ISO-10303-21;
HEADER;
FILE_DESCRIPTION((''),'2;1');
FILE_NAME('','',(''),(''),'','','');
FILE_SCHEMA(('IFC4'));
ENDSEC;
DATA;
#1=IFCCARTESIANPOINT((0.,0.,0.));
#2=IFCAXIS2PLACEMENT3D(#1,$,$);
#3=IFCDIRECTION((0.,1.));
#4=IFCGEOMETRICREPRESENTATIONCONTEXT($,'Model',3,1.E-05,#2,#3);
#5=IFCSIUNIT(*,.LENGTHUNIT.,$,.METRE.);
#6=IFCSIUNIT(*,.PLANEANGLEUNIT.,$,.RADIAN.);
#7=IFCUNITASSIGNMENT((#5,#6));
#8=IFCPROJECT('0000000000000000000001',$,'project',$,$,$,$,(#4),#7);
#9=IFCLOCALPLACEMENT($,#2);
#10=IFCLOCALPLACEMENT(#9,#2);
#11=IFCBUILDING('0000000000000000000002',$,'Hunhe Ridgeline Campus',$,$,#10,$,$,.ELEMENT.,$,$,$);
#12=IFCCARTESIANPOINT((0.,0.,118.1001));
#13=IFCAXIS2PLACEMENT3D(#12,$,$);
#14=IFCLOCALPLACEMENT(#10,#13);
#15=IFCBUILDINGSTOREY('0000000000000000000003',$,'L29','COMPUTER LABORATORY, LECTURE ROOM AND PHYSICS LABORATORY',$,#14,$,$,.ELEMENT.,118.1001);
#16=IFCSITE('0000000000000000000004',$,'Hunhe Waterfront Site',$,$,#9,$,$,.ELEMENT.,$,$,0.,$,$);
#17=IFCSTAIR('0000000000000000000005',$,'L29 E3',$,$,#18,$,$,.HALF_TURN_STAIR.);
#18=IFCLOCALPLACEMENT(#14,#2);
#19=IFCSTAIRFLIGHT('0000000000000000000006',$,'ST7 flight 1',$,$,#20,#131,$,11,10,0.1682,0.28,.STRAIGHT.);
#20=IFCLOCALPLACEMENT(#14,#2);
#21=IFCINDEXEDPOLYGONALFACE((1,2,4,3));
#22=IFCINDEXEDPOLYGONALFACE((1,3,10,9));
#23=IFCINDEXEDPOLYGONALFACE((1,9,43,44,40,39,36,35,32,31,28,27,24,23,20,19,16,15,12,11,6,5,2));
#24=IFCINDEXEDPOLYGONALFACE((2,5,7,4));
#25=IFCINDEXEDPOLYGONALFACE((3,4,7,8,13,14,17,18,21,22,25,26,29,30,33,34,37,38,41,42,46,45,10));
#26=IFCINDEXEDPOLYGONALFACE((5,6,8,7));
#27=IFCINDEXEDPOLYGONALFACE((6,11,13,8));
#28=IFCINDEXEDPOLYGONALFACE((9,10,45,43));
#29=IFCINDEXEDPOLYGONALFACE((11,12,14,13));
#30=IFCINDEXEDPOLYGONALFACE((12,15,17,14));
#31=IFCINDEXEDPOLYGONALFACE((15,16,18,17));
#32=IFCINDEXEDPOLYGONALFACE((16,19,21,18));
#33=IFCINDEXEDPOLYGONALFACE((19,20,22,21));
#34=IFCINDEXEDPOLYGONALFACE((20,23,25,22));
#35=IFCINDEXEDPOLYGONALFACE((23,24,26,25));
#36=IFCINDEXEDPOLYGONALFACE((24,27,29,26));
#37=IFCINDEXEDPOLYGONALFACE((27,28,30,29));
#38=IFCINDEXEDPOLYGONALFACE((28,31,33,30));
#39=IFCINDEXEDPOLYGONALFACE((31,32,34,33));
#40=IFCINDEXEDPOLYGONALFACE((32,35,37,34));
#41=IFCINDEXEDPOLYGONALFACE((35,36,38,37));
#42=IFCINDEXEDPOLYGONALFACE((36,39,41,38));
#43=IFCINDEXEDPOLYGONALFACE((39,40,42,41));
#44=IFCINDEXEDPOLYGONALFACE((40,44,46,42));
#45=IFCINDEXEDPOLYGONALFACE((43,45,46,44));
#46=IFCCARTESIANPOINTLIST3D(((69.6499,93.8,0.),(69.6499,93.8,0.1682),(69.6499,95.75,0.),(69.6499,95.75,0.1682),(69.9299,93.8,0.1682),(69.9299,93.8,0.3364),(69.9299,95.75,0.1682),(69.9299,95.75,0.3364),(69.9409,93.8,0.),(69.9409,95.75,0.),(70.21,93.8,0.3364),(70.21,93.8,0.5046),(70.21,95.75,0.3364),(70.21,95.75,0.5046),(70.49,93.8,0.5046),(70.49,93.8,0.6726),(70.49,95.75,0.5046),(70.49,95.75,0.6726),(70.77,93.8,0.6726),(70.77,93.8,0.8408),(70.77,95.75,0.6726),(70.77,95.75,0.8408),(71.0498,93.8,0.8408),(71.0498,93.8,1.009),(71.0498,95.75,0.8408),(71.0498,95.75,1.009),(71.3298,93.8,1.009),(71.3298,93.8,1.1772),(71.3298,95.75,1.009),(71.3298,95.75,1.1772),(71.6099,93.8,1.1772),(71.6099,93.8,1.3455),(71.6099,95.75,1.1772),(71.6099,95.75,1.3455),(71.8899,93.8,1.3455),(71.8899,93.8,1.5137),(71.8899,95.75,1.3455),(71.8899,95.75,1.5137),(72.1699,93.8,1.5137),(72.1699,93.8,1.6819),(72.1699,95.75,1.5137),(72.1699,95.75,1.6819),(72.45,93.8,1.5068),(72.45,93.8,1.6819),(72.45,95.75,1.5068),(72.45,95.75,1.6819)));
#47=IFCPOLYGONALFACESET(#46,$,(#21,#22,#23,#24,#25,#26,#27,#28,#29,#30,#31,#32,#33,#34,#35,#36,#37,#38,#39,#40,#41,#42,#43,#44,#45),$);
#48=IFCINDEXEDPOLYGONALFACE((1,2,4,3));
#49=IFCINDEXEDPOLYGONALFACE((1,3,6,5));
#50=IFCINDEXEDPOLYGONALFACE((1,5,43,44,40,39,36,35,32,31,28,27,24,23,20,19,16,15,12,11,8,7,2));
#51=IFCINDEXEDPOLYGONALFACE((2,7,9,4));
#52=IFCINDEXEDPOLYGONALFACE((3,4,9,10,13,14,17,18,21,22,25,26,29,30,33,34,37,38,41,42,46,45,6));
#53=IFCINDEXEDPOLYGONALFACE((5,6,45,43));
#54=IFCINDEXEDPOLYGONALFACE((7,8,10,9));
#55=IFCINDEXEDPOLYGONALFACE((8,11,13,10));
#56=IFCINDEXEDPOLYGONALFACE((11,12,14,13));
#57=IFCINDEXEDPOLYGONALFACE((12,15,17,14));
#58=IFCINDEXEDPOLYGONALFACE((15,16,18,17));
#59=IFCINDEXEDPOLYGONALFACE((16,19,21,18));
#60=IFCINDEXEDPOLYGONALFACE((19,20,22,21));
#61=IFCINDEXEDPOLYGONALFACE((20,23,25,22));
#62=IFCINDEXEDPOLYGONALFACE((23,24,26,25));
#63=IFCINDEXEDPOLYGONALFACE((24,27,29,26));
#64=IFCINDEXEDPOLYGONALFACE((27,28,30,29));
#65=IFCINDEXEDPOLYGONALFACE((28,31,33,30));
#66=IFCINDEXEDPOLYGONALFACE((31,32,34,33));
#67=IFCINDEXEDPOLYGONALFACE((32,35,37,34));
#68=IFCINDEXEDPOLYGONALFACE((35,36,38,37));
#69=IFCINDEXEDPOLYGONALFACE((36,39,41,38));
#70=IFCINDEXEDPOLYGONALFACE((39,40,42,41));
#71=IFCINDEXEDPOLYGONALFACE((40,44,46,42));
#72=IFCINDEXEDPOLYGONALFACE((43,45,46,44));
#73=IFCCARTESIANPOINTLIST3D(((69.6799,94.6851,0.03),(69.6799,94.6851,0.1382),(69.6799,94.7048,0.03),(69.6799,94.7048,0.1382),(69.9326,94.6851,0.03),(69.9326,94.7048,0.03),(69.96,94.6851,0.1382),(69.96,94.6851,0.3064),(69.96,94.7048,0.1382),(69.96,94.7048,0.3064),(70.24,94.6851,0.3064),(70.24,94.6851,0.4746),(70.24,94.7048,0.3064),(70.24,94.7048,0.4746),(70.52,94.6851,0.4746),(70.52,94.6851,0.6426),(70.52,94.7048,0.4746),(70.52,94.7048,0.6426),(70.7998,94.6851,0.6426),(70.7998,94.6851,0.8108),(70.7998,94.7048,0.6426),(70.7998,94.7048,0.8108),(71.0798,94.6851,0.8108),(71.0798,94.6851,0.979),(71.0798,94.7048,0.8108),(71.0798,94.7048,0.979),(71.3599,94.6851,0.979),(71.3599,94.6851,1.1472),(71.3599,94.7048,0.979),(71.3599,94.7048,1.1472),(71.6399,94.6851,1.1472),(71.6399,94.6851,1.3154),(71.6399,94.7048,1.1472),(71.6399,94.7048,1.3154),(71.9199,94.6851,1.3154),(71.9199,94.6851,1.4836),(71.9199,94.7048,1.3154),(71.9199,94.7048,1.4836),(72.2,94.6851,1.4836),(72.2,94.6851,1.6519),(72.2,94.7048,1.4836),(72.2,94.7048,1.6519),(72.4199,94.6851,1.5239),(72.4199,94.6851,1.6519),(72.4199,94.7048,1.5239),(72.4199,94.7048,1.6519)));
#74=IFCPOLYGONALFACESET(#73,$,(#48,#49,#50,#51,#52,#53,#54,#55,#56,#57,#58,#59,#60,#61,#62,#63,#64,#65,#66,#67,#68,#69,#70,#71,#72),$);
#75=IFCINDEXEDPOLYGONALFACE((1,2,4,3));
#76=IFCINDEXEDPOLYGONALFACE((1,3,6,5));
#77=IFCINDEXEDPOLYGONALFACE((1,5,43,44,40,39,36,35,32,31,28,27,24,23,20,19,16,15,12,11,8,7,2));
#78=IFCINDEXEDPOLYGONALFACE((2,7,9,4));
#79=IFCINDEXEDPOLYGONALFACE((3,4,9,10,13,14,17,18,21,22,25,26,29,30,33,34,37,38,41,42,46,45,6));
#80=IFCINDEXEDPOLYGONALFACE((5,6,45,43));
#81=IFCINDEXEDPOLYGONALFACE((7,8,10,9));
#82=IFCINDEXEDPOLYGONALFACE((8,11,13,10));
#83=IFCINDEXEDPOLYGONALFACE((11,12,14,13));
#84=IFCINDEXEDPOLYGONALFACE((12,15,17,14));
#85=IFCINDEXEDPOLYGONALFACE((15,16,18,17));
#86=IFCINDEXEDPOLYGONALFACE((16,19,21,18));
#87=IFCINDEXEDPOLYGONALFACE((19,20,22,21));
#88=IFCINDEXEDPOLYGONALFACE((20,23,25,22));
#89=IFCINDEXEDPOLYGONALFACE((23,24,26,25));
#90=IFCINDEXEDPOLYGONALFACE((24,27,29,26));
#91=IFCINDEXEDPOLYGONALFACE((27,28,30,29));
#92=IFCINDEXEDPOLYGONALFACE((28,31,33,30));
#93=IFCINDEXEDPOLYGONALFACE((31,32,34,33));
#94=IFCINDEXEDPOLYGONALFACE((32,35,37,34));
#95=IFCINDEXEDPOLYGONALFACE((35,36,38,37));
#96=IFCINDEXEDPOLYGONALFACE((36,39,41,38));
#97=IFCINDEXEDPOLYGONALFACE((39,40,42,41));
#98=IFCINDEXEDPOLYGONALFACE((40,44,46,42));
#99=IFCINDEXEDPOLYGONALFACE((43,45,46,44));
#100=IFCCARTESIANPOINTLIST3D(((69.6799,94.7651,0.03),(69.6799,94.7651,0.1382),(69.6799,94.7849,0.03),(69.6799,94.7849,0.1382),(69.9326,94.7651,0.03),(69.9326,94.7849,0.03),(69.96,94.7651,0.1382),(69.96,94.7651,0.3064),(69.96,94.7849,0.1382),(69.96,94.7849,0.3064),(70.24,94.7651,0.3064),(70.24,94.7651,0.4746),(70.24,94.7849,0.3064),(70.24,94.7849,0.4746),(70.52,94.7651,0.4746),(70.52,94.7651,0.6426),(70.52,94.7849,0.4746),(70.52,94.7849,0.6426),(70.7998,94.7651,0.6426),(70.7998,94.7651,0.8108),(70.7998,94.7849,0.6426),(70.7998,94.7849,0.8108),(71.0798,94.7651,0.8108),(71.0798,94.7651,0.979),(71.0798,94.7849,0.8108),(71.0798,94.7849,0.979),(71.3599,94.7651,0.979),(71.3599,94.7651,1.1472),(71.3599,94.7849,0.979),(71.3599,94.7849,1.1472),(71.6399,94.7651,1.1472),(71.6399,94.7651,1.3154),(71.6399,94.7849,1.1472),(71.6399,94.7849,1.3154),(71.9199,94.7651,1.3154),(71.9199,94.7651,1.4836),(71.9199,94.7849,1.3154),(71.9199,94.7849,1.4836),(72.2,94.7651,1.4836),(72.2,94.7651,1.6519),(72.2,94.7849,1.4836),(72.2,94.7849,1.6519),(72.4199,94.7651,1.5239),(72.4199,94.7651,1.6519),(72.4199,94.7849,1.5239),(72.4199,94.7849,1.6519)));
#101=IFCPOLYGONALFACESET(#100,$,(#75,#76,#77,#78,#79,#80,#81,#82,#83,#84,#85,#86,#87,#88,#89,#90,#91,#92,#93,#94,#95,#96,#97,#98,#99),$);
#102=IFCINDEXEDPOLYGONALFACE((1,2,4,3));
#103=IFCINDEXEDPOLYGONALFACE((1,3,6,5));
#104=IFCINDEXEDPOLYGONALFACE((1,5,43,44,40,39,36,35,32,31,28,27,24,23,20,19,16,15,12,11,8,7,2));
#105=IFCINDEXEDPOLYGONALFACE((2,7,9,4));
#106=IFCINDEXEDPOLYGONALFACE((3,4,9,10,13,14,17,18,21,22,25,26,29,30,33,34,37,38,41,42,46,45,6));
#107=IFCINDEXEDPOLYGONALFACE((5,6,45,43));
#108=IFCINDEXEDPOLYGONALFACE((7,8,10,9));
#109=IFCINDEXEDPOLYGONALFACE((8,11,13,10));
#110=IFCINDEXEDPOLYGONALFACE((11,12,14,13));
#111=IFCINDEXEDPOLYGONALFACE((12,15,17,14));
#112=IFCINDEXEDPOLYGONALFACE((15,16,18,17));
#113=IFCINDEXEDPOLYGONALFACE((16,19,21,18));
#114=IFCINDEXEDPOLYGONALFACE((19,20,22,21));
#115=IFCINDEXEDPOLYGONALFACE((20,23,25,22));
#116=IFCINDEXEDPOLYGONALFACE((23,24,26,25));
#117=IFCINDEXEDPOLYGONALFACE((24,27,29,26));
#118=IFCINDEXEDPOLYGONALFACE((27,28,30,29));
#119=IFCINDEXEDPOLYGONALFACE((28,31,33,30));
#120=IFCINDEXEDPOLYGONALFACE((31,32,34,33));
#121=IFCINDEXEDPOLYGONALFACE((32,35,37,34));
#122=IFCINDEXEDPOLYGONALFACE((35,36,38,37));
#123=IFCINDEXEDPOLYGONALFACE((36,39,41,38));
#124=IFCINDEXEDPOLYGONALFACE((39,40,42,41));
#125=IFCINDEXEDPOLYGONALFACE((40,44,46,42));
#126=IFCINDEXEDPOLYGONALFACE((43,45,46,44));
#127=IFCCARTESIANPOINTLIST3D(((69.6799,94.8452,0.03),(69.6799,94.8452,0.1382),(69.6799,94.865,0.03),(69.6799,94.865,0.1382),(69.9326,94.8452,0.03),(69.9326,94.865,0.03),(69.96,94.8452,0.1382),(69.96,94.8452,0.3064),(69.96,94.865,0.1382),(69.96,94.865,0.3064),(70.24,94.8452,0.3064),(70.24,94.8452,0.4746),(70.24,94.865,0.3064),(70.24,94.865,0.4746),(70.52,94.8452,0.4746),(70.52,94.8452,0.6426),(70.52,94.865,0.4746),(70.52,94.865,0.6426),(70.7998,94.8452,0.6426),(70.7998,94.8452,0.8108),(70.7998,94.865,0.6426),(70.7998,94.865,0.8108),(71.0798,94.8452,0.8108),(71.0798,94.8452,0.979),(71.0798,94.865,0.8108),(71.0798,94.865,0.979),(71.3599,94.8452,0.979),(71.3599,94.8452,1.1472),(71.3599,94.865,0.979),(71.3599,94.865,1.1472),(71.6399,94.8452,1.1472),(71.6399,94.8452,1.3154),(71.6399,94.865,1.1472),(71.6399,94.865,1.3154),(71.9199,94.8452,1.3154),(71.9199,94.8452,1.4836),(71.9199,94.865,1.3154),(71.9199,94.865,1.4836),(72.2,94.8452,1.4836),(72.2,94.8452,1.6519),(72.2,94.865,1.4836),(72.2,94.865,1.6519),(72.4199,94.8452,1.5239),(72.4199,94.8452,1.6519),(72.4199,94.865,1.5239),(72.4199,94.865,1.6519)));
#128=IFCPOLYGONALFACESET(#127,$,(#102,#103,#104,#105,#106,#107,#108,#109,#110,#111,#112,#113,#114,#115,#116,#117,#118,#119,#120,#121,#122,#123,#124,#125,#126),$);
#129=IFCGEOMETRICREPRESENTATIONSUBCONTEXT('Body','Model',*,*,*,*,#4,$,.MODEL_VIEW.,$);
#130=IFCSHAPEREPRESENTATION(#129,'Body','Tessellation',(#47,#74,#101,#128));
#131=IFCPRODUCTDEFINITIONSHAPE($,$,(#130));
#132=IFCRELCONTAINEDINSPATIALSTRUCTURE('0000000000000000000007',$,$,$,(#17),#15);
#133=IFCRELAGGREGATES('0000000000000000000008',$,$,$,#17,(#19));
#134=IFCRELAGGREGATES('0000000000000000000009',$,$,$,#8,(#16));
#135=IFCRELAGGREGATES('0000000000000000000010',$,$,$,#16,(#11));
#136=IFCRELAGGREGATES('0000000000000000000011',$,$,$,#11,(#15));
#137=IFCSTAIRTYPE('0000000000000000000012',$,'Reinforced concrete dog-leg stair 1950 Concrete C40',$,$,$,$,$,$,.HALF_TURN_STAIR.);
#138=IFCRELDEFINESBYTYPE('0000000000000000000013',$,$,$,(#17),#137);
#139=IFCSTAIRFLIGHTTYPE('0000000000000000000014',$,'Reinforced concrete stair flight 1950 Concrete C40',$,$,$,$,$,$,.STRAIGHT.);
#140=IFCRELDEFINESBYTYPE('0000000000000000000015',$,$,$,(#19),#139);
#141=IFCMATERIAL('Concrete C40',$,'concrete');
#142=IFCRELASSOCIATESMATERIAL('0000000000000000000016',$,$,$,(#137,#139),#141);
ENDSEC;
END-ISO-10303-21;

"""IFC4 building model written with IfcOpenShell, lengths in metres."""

from ifc_helpers import new_model, si_unit, direction, frame, origin, place, context, subcontext, project, spatial, polyline, outline, extrude, material, type_object, element, aggregate, save


model = new_model("IFC4")

# Units and contexts
model_context = context("Model", 3, precision=1e-05, world=origin(), true_north=direction((0.0, 1.0)))
body_context = subcontext(model_context, "Body", "Model", "MODEL_VIEW")
ifc_project = project(units=[si_unit("LENGTHUNIT", "METRE"), si_unit("PLANEANGLEUNIT", "RADIAN")], contexts=[model_context])

# Site, building, storey
site_placement = place(None, origin())
site = spatial("IfcSite", under=ifc_project, at=site_placement, Name="Hunhe Waterfront Site", CompositionType="ELEMENT", RefElevation=0.0)
building_placement = place(site_placement, origin())
building = spatial("IfcBuilding", under=site, at=building_placement, Name="Hunhe Ridgeline Campus", CompositionType="ELEMENT")
storey_placement = place(building_placement, frame((0.0, 0.0, 118.1001)))
storey = spatial("IfcBuildingStorey", under=building, at=storey_placement, Name="L29", Description="COMPUTER LABORATORY, LECTURE ROOM AND PHYSICS LABORATORY", CompositionType="ELEMENT", Elevation=118.1001)

# Shared definitions
ifc_material_1 = material(Name="Concrete C40", Category="concrete")
stair_type = type_object("IfcStairType", Name="Reinforced concrete dog-leg stair 1950 Concrete C40", PredefinedType="HALF_TURN_STAIR", material=ifc_material_1)
stair_flight_type = type_object("IfcStairFlightType", Name="Reinforced concrete stair flight 1950 Concrete C40", PredefinedType="STRAIGHT", material=ifc_material_1)

# Stair, stair flight
stair_1_placement = place(storey_placement, origin())
stair_1 = element("IfcStair", 1, at=stair_1_placement, inside=storey, type_object=stair_type, Name="L29 E3", PredefinedType="HALF_TURN_STAIR")
stair_flight_1_placement = place(storey_placement, frame((69.6499, 94.7749, 0.0), z_axis=(0.0, 0.0, 1.0), x_axis=(1.0, 0.0, 0.0)))
stair_flight_1 = element("IfcStairFlight", 2, at=stair_flight_1_placement, type_object=stair_flight_type, Name="ST7 flight 1", NumberOfRisers=11, NumberOfTreads=10, PredefinedType="STRAIGHT", RiserHeight=0.1682, TreadLength=0.28, context=body_context, shape_type="SweptSolid", body=[
    extrude(outline(polyline([(0.0, 0.0), (0.0, 0.1682), (0.28, 0.1682), (0.28, 0.3364), (0.5601, 0.3364), (0.5601, 0.5046), (0.8401, 0.5046), (0.8401, 0.6726), (1.1201, 0.6726), (1.1201, 0.8408), (1.3999, 0.8408), (1.3999, 1.009), (1.6799, 1.009), (1.6799, 1.1772), (1.96, 1.1772), (1.96, 1.3455), (2.24, 1.3455), (2.24, 1.5137), (2.52, 1.5137), (2.52, 1.6819), (2.8, 1.6819), (2.8, 1.8501), (2.8, 1.5068), (0.291, 0.0), (0.0, 0.0)])), frame((0.0, 0.9751, 0.0), z_axis=(0.0, -1.0, 0.0), x_axis=(1.0, 0.0, 0.0)), (0.0, 0.0, 1.0), 1.95),
    extrude(outline(polyline([(0.03, 0.03), (0.03, 0.1382), (0.3101, 0.1382), (0.3101, 0.3064), (0.5901, 0.3064), (0.5901, 0.4746), (0.8701, 0.4746), (0.8701, 0.6426), (1.1499, 0.6426), (1.1499, 0.8108), (1.4299, 0.8108), (1.4299, 0.979), (1.71, 0.979), (1.71, 1.1472), (1.99, 1.1472), (1.99, 1.3154), (2.27, 1.3154), (2.27, 1.4836), (2.55, 1.4836), (2.55, 1.6519), (2.77, 1.6519), (2.77, 1.5239), (0.2827, 0.03), (0.03, 0.03)])), frame((0.0, -0.0701, 0.0), z_axis=(0.0, -1.0, 0.0), x_axis=(1.0, 0.0, 0.0)), (0.0, 0.0, 1.0), 0.0198),
    extrude(outline(polyline([(0.03, 0.03), (0.03, 0.1382), (0.3101, 0.1382), (0.3101, 0.3064), (0.5901, 0.3064), (0.5901, 0.4746), (0.8701, 0.4746), (0.8701, 0.6426), (1.1499, 0.6426), (1.1499, 0.8108), (1.4299, 0.8108), (1.4299, 0.979), (1.71, 0.979), (1.71, 1.1472), (1.99, 1.1472), (1.99, 1.3154), (2.27, 1.3154), (2.27, 1.4836), (2.55, 1.4836), (2.55, 1.6519), (2.77, 1.6519), (2.77, 1.5239), (0.2827, 0.03), (0.03, 0.03)])), frame((0.0, 0.01, 0.0), z_axis=(0.0, -1.0, 0.0), x_axis=(1.0, 0.0, 0.0)), (0.0, 0.0, 1.0), 0.0198),
    extrude(outline(polyline([(0.03, 0.03), (0.03, 0.1382), (0.3101, 0.1382), (0.3101, 0.3064), (0.5901, 0.3064), (0.5901, 0.4746), (0.8701, 0.4746), (0.8701, 0.6426), (1.1499, 0.6426), (1.1499, 0.8108), (1.4299, 0.8108), (1.4299, 0.979), (1.71, 0.979), (1.71, 1.1472), (1.99, 1.1472), (1.99, 1.3154), (2.27, 1.3154), (2.27, 1.4836), (2.55, 1.4836), (2.55, 1.6519), (2.77, 1.6519), (2.77, 1.5239), (0.2827, 0.03), (0.03, 0.03)])), frame((0.0, 0.0901, 0.0), z_axis=(0.0, -1.0, 0.0), x_axis=(1.0, 0.0, 0.0)), (0.0, 0.0, 1.0), 0.0198),
])
aggregate(stair_1, [stair_flight_1])

save(model, "model.ifc")
